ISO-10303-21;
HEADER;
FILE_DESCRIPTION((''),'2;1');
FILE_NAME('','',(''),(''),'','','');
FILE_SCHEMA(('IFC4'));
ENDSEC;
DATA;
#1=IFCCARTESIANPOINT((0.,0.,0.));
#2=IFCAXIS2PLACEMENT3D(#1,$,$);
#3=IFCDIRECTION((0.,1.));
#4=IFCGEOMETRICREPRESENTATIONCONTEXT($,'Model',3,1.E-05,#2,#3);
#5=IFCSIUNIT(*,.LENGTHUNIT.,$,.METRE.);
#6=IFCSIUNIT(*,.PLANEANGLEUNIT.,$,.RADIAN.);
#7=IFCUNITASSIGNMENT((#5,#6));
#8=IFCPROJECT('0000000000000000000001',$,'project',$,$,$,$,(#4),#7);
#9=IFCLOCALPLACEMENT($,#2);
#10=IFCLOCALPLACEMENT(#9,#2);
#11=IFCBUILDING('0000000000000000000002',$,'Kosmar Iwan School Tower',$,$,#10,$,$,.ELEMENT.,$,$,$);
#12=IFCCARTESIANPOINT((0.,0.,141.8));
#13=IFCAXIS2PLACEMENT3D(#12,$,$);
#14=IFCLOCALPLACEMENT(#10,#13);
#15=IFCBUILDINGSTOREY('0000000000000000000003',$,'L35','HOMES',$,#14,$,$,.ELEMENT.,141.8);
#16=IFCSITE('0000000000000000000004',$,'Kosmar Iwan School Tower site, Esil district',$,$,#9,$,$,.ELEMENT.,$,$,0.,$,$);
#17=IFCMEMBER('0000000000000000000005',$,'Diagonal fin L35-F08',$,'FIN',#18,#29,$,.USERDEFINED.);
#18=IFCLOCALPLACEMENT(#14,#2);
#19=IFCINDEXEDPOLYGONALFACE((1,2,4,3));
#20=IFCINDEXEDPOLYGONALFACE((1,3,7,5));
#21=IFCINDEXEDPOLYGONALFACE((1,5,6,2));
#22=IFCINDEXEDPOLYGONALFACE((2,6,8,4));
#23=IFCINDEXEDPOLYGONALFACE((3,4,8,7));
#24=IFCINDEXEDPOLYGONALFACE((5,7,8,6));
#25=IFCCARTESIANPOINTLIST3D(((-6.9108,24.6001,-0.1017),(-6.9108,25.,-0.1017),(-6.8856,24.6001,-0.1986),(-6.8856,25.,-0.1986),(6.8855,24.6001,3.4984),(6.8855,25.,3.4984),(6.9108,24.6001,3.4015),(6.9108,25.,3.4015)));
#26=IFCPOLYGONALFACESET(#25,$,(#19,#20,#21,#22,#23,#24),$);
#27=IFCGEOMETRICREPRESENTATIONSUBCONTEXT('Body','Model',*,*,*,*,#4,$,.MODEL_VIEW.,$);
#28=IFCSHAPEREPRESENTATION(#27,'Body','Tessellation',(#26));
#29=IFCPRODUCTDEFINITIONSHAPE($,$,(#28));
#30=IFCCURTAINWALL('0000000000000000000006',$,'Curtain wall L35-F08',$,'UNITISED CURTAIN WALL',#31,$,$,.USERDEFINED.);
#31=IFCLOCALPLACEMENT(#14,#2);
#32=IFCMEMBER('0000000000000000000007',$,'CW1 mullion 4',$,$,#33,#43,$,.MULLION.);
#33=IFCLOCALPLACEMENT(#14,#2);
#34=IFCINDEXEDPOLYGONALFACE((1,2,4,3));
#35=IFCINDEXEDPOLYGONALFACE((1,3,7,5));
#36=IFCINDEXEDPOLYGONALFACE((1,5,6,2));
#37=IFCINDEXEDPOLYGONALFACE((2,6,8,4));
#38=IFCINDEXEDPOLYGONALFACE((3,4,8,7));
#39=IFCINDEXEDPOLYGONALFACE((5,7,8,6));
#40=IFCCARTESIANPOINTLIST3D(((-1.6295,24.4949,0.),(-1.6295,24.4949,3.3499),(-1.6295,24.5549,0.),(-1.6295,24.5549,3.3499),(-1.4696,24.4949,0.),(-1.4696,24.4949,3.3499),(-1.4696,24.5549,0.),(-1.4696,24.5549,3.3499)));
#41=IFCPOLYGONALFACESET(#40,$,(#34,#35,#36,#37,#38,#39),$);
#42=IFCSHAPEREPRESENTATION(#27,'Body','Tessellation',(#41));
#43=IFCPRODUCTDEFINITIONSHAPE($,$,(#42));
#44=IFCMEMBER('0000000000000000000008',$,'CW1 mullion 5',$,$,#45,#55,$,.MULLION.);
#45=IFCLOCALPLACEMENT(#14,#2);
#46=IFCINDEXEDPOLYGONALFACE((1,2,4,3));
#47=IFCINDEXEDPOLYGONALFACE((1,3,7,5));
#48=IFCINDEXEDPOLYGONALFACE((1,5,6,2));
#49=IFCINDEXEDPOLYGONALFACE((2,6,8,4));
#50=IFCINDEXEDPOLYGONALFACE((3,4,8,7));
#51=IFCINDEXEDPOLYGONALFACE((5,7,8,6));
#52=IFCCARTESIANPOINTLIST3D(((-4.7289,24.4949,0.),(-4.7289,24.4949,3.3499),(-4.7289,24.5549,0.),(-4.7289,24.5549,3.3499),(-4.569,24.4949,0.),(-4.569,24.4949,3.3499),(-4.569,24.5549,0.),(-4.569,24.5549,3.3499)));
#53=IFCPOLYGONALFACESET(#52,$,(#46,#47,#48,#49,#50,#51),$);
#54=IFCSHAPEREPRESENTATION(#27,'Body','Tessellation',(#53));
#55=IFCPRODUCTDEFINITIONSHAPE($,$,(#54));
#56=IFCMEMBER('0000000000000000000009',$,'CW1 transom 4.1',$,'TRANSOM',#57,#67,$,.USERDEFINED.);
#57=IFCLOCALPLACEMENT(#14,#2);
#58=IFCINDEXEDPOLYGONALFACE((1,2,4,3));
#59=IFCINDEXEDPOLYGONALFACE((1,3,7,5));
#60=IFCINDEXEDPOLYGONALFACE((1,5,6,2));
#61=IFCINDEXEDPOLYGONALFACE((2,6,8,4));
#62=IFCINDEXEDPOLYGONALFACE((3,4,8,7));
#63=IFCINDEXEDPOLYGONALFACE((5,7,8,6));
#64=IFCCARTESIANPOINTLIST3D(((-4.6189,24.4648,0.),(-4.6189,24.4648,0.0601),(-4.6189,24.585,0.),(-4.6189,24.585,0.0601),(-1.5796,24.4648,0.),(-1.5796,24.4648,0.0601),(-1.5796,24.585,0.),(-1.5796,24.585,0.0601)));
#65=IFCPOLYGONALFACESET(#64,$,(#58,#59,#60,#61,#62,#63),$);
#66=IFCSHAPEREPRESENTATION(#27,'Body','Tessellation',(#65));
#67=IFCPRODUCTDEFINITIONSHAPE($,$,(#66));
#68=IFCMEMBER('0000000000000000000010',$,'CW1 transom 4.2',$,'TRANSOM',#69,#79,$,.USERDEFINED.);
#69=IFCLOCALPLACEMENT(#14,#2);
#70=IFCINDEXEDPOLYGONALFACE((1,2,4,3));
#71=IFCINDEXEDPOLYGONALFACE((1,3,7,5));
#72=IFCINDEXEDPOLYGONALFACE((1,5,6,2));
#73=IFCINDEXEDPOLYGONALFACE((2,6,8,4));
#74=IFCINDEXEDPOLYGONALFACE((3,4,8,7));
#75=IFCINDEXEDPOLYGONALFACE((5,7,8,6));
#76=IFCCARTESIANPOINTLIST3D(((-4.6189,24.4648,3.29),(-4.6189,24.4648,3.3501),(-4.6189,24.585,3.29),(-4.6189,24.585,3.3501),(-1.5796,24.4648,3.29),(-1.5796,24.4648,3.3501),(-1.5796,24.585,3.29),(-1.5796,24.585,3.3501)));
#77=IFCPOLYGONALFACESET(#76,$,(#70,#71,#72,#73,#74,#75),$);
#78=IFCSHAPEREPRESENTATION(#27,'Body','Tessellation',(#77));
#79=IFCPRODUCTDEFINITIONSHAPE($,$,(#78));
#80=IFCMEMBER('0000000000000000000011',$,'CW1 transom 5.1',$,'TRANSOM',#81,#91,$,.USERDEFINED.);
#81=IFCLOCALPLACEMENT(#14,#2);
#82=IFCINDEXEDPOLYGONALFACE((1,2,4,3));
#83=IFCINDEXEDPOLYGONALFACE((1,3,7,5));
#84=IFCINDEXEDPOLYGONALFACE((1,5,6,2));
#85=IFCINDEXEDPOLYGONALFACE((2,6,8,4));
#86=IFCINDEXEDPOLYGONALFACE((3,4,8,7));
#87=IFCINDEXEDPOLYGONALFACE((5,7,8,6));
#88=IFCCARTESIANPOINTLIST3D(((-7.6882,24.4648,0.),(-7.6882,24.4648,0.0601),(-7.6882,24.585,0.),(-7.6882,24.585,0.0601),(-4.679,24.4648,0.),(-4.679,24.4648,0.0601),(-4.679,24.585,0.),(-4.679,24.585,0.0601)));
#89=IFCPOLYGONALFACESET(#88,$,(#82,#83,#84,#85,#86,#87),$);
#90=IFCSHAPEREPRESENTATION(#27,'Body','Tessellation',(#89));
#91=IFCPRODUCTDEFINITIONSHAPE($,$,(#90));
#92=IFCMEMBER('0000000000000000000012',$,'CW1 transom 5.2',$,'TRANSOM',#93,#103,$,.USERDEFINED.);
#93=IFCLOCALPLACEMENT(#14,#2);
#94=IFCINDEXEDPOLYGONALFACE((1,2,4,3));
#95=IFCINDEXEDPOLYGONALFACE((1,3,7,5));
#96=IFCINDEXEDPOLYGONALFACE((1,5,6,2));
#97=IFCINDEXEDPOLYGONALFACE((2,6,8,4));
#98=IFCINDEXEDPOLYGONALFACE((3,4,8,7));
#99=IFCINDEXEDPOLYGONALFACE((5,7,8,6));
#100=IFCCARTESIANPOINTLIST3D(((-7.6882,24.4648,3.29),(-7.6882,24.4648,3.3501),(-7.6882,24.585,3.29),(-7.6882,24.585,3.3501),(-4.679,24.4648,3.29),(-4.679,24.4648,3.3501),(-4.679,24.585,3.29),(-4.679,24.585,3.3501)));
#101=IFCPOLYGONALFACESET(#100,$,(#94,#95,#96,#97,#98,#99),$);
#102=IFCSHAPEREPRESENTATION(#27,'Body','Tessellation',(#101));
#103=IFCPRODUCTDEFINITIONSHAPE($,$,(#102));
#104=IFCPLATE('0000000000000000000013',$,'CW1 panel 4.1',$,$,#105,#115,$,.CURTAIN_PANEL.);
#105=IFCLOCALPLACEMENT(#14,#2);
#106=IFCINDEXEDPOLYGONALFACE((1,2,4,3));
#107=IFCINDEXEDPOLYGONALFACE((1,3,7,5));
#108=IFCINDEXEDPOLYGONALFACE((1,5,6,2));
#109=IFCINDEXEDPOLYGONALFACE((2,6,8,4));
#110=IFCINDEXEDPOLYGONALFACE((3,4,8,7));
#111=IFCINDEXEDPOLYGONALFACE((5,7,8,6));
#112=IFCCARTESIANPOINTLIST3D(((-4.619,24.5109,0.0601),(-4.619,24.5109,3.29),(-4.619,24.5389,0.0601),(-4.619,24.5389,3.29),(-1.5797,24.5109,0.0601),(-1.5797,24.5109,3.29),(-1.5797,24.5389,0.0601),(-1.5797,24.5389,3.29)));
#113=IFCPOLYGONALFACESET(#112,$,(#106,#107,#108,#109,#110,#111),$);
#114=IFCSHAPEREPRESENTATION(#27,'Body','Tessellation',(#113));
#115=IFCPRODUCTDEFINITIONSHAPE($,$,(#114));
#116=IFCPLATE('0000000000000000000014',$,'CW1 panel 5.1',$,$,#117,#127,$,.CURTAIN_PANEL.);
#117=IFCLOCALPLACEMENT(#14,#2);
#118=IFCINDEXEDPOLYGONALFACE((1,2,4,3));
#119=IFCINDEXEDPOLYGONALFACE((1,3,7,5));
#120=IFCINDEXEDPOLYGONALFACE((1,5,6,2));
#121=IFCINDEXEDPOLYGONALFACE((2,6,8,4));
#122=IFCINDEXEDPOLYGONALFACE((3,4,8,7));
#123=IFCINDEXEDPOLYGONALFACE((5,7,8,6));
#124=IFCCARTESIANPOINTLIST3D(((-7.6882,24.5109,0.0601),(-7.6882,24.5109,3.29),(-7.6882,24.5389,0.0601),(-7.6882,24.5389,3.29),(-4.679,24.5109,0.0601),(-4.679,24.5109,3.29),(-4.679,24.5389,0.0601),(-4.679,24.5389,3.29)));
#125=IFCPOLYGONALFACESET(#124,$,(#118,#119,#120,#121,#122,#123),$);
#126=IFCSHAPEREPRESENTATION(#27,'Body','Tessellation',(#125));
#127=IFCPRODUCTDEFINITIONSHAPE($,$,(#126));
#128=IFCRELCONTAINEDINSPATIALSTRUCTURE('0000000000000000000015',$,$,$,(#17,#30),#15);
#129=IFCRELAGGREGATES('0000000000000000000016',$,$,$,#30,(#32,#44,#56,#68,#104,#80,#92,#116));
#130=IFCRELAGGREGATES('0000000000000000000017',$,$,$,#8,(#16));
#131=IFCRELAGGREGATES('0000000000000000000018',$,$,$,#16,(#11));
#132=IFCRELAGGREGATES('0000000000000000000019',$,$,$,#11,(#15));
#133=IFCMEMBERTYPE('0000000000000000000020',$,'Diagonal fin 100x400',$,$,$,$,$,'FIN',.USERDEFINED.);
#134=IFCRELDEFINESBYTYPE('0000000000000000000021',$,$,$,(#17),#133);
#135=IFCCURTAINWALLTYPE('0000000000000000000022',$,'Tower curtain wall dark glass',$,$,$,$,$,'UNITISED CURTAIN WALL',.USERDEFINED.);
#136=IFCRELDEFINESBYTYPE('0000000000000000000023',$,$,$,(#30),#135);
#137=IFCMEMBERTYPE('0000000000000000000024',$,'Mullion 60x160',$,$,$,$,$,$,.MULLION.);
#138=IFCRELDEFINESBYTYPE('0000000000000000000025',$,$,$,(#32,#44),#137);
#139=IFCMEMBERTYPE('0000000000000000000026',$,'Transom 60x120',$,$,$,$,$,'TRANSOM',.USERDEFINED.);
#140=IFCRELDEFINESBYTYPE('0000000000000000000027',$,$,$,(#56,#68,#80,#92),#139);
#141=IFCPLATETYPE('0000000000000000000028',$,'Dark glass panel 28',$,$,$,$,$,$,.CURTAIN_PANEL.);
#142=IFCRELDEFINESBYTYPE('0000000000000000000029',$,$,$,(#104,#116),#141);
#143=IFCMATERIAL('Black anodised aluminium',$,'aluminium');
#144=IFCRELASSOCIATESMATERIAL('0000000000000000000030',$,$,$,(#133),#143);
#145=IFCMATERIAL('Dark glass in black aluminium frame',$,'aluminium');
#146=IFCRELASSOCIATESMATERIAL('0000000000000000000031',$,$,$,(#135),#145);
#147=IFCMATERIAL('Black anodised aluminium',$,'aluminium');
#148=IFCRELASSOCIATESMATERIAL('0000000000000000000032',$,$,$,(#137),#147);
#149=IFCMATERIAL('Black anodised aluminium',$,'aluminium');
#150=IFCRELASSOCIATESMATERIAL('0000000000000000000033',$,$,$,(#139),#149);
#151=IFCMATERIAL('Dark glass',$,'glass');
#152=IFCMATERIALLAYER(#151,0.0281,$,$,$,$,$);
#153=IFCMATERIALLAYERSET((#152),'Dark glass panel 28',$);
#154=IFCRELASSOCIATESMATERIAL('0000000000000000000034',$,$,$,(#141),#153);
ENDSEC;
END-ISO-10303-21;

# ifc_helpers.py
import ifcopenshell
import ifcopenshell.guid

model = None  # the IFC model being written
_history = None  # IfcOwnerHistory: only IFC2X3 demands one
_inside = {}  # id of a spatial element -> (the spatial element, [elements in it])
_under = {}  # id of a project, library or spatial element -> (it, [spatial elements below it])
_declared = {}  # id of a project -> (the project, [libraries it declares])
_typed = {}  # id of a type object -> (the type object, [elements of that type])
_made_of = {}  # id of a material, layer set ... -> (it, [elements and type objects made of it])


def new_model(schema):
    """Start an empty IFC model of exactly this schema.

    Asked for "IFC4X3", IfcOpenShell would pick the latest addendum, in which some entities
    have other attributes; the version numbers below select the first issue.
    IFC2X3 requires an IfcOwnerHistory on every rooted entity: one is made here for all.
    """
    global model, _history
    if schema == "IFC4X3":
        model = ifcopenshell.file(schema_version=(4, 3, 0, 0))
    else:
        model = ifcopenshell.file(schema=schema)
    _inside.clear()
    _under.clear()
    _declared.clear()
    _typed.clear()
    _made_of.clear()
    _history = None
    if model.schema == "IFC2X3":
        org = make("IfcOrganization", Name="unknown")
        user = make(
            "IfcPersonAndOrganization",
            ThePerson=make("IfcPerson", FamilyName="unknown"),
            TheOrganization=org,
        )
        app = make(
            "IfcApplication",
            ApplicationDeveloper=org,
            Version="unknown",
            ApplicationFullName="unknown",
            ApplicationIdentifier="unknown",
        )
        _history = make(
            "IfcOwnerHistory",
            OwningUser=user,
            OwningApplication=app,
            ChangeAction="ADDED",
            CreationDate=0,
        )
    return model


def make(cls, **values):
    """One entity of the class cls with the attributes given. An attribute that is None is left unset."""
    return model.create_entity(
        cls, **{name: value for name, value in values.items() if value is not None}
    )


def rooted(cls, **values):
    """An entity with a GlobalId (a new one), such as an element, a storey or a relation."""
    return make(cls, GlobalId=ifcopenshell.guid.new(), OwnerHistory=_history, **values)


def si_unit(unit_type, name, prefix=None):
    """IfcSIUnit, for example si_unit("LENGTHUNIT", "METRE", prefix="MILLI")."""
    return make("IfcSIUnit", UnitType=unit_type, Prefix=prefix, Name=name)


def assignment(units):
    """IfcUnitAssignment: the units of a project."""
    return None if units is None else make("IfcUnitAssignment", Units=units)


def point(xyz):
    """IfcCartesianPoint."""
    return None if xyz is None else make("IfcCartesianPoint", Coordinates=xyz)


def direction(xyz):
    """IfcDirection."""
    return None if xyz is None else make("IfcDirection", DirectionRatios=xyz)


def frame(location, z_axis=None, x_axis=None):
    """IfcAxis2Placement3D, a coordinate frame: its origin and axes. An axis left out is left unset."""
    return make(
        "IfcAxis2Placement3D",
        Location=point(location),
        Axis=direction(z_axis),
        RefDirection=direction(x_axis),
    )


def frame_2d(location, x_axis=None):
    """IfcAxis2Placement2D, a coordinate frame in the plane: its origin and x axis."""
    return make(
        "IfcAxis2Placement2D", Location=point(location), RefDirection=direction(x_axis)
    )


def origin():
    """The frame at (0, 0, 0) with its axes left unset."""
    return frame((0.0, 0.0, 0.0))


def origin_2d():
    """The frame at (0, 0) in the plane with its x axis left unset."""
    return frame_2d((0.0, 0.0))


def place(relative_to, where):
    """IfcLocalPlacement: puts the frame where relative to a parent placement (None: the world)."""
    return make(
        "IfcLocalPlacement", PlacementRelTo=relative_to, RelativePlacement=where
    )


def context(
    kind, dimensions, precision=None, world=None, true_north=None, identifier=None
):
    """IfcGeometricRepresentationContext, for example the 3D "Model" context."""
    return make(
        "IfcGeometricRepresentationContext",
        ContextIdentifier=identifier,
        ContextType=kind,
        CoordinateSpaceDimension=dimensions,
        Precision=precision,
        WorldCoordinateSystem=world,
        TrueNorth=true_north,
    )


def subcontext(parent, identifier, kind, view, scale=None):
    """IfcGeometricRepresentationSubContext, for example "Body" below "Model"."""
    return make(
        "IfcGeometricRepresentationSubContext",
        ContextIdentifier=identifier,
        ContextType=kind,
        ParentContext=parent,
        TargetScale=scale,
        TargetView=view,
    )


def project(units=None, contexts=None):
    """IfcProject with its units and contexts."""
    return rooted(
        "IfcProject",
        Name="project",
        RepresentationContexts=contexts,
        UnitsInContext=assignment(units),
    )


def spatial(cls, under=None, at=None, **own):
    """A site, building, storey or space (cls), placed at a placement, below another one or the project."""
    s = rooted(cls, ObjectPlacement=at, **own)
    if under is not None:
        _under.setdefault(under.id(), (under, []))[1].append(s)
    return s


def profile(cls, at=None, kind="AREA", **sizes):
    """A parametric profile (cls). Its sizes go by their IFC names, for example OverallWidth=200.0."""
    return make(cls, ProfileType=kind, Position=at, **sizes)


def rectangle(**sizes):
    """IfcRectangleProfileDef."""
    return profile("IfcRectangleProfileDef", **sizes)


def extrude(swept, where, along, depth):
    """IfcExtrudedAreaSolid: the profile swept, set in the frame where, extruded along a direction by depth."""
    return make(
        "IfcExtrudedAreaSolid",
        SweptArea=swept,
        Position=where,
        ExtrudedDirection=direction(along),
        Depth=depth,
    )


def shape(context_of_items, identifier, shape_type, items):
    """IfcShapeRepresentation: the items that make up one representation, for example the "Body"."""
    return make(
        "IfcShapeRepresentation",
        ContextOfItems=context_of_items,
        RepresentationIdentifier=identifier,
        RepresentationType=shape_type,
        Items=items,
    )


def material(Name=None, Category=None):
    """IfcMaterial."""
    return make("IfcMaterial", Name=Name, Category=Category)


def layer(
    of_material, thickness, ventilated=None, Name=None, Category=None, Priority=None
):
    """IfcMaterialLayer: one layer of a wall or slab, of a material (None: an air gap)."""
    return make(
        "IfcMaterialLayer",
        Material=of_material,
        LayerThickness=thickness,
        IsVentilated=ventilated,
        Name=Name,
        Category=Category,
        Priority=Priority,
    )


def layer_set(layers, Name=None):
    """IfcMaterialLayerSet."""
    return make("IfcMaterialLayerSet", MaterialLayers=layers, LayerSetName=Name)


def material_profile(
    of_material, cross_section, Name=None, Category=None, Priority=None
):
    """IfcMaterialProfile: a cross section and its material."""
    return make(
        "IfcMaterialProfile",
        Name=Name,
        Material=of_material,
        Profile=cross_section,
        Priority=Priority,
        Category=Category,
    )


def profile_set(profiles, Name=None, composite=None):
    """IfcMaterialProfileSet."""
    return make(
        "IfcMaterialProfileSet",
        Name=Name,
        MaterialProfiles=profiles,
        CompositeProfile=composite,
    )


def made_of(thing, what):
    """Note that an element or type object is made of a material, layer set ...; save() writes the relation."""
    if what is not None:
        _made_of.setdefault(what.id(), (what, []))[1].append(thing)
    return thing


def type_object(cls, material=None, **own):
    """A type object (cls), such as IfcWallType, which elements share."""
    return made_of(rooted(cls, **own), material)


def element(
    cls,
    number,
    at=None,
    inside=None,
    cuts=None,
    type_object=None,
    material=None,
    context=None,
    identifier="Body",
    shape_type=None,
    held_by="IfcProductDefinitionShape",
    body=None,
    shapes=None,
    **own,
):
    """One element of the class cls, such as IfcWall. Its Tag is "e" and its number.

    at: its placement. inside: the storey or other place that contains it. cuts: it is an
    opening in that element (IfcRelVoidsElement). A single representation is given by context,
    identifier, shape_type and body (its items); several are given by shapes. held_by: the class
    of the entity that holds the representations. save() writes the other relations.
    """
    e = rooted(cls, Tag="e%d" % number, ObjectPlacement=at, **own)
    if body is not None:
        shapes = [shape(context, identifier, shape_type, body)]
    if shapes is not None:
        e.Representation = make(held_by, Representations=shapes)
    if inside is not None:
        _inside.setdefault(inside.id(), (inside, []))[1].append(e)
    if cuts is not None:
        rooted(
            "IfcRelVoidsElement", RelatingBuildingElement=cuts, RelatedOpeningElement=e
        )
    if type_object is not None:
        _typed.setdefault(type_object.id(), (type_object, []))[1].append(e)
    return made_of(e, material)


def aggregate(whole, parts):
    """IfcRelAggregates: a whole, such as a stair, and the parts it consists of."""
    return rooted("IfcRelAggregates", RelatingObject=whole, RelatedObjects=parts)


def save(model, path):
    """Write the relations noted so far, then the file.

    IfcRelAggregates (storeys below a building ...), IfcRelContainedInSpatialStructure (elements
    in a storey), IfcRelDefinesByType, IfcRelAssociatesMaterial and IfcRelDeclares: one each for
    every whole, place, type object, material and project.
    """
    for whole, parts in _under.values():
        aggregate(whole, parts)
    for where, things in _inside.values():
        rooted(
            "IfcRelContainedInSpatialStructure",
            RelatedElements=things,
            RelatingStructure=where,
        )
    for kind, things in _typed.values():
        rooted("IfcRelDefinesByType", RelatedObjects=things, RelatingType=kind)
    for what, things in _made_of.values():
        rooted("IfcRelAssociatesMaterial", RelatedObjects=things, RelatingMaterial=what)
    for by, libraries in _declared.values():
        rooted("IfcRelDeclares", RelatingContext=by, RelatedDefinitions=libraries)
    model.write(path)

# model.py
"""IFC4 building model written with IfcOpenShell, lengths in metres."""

from ifc_helpers import new_model, si_unit, direction, frame, origin, origin_2d, place, context, subcontext, project, spatial, rectangle, extrude, material, layer, layer_set, material_profile, profile_set, type_object, element, aggregate, save


model = new_model("IFC4")

# Units and contexts
model_context = context("Model", 3, precision=1e-05, world=origin(), true_north=direction((0.0, 1.0)))
body_context = subcontext(model_context, "Body", "Model", "MODEL_VIEW")
ifc_project = project(units=[si_unit("LENGTHUNIT", "METRE"), si_unit("PLANEANGLEUNIT", "RADIAN")], contexts=[model_context])

# Site, building, storey
site_placement = place(None, origin())
site = spatial("IfcSite", under=ifc_project, at=site_placement, Name="Kosmar Iwan School Tower site, Esil district", CompositionType="ELEMENT", RefElevation=0.0)
building_placement = place(site_placement, origin())
building = spatial("IfcBuilding", under=site, at=building_placement, Name="Kosmar Iwan School Tower", CompositionType="ELEMENT")
storey_placement = place(building_placement, frame((0.0, 0.0, 141.8)))
storey = spatial("IfcBuildingStorey", under=building, at=storey_placement, Name="L35", Description="HOMES", CompositionType="ELEMENT", Elevation=141.8)

# Member
ifc_material_1 = material(Name="Black anodised aluminium", Category="aluminium")
ifc_material_profile_1 = material_profile(ifc_material_1, rectangle(XDim=0.1001, YDim=0.3999, at=origin_2d()), Name="FIN 100x400")
ifc_profile_set_1 = profile_set([ifc_material_profile_1], Name="Black anodised aluminium")
member_type_1 = type_object("IfcMemberType", Name="Diagonal fin 100x400", ElementType="FIN", PredefinedType="USERDEFINED", material=ifc_profile_set_1)
member_1_placement = place(storey_placement, frame((-6.8982, 24.8, -0.1501), z_axis=(0.967599, 0.0, 0.25249), x_axis=(-0.25249, 0.0, 0.967599)))
element("IfcMember", 1, at=member_1_placement, inside=storey, type_object=member_type_1, Name="Diagonal fin L35-F08", ObjectType="FIN", PredefinedType="USERDEFINED", context=body_context, shape_type="SweptSolid", body=[
    extrude(rectangle(XDim=0.1001, YDim=0.3999, at=origin_2d()), origin(), (0.0, 0.0, 1.0), 14.2583),
])

# Curtain wall, members, plates
ifc_material_2 = material(Name="Dark glass in black aluminium frame", Category="aluminium")
curtain_wall_type = type_object("IfcCurtainWallType", Name="Tower curtain wall dark glass", ElementType="UNITISED CURTAIN WALL", PredefinedType="USERDEFINED", material=ifc_material_2)
curtain_wall_placement = place(storey_placement, origin())
curtain_wall = element("IfcCurtainWall", 2, at=curtain_wall_placement, inside=storey, type_object=curtain_wall_type, Name="Curtain wall L35-F08", ObjectType="UNITISED CURTAIN WALL", PredefinedType="USERDEFINED")
ifc_material_3 = material(Name="Black anodised aluminium", Category="aluminium")
ifc_material_profile_2 = material_profile(ifc_material_3, rectangle(XDim=0.0601, YDim=0.1599, at=origin_2d()), Name="MULLION 60x160")
ifc_profile_set_2 = profile_set([ifc_material_profile_2], Name="Black anodised aluminium")
member_type_2 = type_object("IfcMemberType", Name="Mullion 60x160", PredefinedType="MULLION", material=ifc_profile_set_2)
member_2_placement = place(storey_placement, frame((-1.5496, 24.5249, 0.0), z_axis=(0.0, 0.0, 1.0), x_axis=(0.0, -1.0, 0.0)))
member_2 = element("IfcMember", 3, at=member_2_placement, type_object=member_type_2, Name="CW1 mullion 4", PredefinedType="MULLION", context=body_context, shape_type="SweptSolid", body=[
    extrude(rectangle(XDim=0.0601, YDim=0.1599, at=origin_2d()), origin(), (0.0, 0.0, 1.0), 3.3499),
])
member_3_placement = place(storey_placement, frame((-4.6489, 24.5249, 0.0), z_axis=(0.0, 0.0, 1.0), x_axis=(0.0, -1.0, 0.0)))
member_3 = element("IfcMember", 4, at=member_3_placement, type_object=member_type_2, Name="CW1 mullion 5", PredefinedType="MULLION", context=body_context, shape_type="SweptSolid", body=[
    extrude(rectangle(XDim=0.0601, YDim=0.1599, at=origin_2d()), origin(), (0.0, 0.0, 1.0), 3.3499),
])
ifc_material_4 = material(Name="Black anodised aluminium", Category="aluminium")
ifc_material_profile_3 = material_profile(ifc_material_4, rectangle(XDim=0.1201, YDim=0.0601, at=origin_2d()), Name="TRANSOM 60x120")
ifc_profile_set_3 = profile_set([ifc_material_profile_3], Name="Black anodised aluminium")
member_type_3 = type_object("IfcMemberType", Name="Transom 60x120", ElementType="TRANSOM", PredefinedType="USERDEFINED", material=ifc_profile_set_3)
member_4_placement = place(storey_placement, frame((-1.5796, 24.5249, 0.03), z_axis=(-1.0, 0.0, 0.0), x_axis=(0.0, -1.0, 0.0)))
member_4 = element("IfcMember", 5, at=member_4_placement, type_object=member_type_3, Name="CW1 transom 4.1", ObjectType="TRANSOM", PredefinedType="USERDEFINED", context=body_context, shape_type="SweptSolid", body=[
    extrude(rectangle(XDim=0.1201, YDim=0.0601, at=origin_2d()), origin(), (0.0, 0.0, 1.0), 3.0393),
])
member_5_placement = place(storey_placement, frame((-1.5796, 24.5249, 3.3201), z_axis=(-1.0, 0.0, 0.0), x_axis=(0.0, -1.0, 0.0)))
member_5 = element("IfcMember", 6, at=member_5_placement, type_object=member_type_3, Name="CW1 transom 4.2", ObjectType="TRANSOM", PredefinedType="USERDEFINED", context=body_context, shape_type="SweptSolid", body=[
    extrude(rectangle(XDim=0.1201, YDim=0.0601, at=origin_2d()), origin(), (0.0, 0.0, 1.0), 3.0393),
])
member_6_placement = place(storey_placement, frame((-4.679, 24.5249, 0.03), z_axis=(-1.0, 0.0, 0.0), x_axis=(0.0, -1.0, 0.0)))
member_6 = element("IfcMember", 7, at=member_6_placement, type_object=member_type_3, Name="CW1 transom 5.1", ObjectType="TRANSOM", PredefinedType="USERDEFINED", context=body_context, shape_type="SweptSolid", body=[
    extrude(rectangle(XDim=0.1201, YDim=0.0601, at=origin_2d()), origin(), (0.0, 0.0, 1.0), 3.0093),
])
member_7_placement = place(storey_placement, frame((-4.679, 24.5249, 3.3201), z_axis=(-1.0, 0.0, 0.0), x_axis=(0.0, -1.0, 0.0)))
member_7 = element("IfcMember", 8, at=member_7_placement, type_object=member_type_3, Name="CW1 transom 5.2", ObjectType="TRANSOM", PredefinedType="USERDEFINED", context=body_context, shape_type="SweptSolid", body=[
    extrude(rectangle(XDim=0.1201, YDim=0.0601, at=origin_2d()), origin(), (0.0, 0.0, 1.0), 3.0093),
])
ifc_material_5 = material(Name="Dark glass", Category="glass")
ifc_layer_1 = layer(ifc_material_5, 0.0281)
ifc_layer_set_1 = layer_set([ifc_layer_1], Name="Dark glass panel 28")
plate_type = type_object("IfcPlateType", Name="Dark glass panel 28", PredefinedType="CURTAIN_PANEL", material=ifc_layer_set_1)
plate_1_placement = place(storey_placement, frame((-3.0994, 24.5249, 0.0601), z_axis=(0.0, 0.0, 1.0), x_axis=(-1.0, 0.0, 0.0)))
plate_1 = element("IfcPlate", 9, at=plate_1_placement, type_object=plate_type, Name="CW1 panel 4.1", PredefinedType="CURTAIN_PANEL", context=body_context, shape_type="SweptSolid", body=[
    extrude(rectangle(XDim=3.0393, YDim=0.0281, at=origin_2d()), origin(), (0.0, 0.0, 1.0), 3.23),
])
plate_2_placement = place(storey_placement, frame((-6.1836, 24.5249, 0.0601), z_axis=(0.0, 0.0, 1.0), x_axis=(-1.0, 0.0, 0.0)))
plate_2 = element("IfcPlate", 10, at=plate_2_placement, type_object=plate_type, Name="CW1 panel 5.1", PredefinedType="CURTAIN_PANEL", context=body_context, shape_type="SweptSolid", body=[
    extrude(rectangle(XDim=3.0093, YDim=0.0281, at=origin_2d()), origin(), (0.0, 0.0, 1.0), 3.23),
])
aggregate(curtain_wall, [member_2, member_3, member_4, member_5, plate_1, member_6, member_7, plate_2])

save(model, "model.ifc")
